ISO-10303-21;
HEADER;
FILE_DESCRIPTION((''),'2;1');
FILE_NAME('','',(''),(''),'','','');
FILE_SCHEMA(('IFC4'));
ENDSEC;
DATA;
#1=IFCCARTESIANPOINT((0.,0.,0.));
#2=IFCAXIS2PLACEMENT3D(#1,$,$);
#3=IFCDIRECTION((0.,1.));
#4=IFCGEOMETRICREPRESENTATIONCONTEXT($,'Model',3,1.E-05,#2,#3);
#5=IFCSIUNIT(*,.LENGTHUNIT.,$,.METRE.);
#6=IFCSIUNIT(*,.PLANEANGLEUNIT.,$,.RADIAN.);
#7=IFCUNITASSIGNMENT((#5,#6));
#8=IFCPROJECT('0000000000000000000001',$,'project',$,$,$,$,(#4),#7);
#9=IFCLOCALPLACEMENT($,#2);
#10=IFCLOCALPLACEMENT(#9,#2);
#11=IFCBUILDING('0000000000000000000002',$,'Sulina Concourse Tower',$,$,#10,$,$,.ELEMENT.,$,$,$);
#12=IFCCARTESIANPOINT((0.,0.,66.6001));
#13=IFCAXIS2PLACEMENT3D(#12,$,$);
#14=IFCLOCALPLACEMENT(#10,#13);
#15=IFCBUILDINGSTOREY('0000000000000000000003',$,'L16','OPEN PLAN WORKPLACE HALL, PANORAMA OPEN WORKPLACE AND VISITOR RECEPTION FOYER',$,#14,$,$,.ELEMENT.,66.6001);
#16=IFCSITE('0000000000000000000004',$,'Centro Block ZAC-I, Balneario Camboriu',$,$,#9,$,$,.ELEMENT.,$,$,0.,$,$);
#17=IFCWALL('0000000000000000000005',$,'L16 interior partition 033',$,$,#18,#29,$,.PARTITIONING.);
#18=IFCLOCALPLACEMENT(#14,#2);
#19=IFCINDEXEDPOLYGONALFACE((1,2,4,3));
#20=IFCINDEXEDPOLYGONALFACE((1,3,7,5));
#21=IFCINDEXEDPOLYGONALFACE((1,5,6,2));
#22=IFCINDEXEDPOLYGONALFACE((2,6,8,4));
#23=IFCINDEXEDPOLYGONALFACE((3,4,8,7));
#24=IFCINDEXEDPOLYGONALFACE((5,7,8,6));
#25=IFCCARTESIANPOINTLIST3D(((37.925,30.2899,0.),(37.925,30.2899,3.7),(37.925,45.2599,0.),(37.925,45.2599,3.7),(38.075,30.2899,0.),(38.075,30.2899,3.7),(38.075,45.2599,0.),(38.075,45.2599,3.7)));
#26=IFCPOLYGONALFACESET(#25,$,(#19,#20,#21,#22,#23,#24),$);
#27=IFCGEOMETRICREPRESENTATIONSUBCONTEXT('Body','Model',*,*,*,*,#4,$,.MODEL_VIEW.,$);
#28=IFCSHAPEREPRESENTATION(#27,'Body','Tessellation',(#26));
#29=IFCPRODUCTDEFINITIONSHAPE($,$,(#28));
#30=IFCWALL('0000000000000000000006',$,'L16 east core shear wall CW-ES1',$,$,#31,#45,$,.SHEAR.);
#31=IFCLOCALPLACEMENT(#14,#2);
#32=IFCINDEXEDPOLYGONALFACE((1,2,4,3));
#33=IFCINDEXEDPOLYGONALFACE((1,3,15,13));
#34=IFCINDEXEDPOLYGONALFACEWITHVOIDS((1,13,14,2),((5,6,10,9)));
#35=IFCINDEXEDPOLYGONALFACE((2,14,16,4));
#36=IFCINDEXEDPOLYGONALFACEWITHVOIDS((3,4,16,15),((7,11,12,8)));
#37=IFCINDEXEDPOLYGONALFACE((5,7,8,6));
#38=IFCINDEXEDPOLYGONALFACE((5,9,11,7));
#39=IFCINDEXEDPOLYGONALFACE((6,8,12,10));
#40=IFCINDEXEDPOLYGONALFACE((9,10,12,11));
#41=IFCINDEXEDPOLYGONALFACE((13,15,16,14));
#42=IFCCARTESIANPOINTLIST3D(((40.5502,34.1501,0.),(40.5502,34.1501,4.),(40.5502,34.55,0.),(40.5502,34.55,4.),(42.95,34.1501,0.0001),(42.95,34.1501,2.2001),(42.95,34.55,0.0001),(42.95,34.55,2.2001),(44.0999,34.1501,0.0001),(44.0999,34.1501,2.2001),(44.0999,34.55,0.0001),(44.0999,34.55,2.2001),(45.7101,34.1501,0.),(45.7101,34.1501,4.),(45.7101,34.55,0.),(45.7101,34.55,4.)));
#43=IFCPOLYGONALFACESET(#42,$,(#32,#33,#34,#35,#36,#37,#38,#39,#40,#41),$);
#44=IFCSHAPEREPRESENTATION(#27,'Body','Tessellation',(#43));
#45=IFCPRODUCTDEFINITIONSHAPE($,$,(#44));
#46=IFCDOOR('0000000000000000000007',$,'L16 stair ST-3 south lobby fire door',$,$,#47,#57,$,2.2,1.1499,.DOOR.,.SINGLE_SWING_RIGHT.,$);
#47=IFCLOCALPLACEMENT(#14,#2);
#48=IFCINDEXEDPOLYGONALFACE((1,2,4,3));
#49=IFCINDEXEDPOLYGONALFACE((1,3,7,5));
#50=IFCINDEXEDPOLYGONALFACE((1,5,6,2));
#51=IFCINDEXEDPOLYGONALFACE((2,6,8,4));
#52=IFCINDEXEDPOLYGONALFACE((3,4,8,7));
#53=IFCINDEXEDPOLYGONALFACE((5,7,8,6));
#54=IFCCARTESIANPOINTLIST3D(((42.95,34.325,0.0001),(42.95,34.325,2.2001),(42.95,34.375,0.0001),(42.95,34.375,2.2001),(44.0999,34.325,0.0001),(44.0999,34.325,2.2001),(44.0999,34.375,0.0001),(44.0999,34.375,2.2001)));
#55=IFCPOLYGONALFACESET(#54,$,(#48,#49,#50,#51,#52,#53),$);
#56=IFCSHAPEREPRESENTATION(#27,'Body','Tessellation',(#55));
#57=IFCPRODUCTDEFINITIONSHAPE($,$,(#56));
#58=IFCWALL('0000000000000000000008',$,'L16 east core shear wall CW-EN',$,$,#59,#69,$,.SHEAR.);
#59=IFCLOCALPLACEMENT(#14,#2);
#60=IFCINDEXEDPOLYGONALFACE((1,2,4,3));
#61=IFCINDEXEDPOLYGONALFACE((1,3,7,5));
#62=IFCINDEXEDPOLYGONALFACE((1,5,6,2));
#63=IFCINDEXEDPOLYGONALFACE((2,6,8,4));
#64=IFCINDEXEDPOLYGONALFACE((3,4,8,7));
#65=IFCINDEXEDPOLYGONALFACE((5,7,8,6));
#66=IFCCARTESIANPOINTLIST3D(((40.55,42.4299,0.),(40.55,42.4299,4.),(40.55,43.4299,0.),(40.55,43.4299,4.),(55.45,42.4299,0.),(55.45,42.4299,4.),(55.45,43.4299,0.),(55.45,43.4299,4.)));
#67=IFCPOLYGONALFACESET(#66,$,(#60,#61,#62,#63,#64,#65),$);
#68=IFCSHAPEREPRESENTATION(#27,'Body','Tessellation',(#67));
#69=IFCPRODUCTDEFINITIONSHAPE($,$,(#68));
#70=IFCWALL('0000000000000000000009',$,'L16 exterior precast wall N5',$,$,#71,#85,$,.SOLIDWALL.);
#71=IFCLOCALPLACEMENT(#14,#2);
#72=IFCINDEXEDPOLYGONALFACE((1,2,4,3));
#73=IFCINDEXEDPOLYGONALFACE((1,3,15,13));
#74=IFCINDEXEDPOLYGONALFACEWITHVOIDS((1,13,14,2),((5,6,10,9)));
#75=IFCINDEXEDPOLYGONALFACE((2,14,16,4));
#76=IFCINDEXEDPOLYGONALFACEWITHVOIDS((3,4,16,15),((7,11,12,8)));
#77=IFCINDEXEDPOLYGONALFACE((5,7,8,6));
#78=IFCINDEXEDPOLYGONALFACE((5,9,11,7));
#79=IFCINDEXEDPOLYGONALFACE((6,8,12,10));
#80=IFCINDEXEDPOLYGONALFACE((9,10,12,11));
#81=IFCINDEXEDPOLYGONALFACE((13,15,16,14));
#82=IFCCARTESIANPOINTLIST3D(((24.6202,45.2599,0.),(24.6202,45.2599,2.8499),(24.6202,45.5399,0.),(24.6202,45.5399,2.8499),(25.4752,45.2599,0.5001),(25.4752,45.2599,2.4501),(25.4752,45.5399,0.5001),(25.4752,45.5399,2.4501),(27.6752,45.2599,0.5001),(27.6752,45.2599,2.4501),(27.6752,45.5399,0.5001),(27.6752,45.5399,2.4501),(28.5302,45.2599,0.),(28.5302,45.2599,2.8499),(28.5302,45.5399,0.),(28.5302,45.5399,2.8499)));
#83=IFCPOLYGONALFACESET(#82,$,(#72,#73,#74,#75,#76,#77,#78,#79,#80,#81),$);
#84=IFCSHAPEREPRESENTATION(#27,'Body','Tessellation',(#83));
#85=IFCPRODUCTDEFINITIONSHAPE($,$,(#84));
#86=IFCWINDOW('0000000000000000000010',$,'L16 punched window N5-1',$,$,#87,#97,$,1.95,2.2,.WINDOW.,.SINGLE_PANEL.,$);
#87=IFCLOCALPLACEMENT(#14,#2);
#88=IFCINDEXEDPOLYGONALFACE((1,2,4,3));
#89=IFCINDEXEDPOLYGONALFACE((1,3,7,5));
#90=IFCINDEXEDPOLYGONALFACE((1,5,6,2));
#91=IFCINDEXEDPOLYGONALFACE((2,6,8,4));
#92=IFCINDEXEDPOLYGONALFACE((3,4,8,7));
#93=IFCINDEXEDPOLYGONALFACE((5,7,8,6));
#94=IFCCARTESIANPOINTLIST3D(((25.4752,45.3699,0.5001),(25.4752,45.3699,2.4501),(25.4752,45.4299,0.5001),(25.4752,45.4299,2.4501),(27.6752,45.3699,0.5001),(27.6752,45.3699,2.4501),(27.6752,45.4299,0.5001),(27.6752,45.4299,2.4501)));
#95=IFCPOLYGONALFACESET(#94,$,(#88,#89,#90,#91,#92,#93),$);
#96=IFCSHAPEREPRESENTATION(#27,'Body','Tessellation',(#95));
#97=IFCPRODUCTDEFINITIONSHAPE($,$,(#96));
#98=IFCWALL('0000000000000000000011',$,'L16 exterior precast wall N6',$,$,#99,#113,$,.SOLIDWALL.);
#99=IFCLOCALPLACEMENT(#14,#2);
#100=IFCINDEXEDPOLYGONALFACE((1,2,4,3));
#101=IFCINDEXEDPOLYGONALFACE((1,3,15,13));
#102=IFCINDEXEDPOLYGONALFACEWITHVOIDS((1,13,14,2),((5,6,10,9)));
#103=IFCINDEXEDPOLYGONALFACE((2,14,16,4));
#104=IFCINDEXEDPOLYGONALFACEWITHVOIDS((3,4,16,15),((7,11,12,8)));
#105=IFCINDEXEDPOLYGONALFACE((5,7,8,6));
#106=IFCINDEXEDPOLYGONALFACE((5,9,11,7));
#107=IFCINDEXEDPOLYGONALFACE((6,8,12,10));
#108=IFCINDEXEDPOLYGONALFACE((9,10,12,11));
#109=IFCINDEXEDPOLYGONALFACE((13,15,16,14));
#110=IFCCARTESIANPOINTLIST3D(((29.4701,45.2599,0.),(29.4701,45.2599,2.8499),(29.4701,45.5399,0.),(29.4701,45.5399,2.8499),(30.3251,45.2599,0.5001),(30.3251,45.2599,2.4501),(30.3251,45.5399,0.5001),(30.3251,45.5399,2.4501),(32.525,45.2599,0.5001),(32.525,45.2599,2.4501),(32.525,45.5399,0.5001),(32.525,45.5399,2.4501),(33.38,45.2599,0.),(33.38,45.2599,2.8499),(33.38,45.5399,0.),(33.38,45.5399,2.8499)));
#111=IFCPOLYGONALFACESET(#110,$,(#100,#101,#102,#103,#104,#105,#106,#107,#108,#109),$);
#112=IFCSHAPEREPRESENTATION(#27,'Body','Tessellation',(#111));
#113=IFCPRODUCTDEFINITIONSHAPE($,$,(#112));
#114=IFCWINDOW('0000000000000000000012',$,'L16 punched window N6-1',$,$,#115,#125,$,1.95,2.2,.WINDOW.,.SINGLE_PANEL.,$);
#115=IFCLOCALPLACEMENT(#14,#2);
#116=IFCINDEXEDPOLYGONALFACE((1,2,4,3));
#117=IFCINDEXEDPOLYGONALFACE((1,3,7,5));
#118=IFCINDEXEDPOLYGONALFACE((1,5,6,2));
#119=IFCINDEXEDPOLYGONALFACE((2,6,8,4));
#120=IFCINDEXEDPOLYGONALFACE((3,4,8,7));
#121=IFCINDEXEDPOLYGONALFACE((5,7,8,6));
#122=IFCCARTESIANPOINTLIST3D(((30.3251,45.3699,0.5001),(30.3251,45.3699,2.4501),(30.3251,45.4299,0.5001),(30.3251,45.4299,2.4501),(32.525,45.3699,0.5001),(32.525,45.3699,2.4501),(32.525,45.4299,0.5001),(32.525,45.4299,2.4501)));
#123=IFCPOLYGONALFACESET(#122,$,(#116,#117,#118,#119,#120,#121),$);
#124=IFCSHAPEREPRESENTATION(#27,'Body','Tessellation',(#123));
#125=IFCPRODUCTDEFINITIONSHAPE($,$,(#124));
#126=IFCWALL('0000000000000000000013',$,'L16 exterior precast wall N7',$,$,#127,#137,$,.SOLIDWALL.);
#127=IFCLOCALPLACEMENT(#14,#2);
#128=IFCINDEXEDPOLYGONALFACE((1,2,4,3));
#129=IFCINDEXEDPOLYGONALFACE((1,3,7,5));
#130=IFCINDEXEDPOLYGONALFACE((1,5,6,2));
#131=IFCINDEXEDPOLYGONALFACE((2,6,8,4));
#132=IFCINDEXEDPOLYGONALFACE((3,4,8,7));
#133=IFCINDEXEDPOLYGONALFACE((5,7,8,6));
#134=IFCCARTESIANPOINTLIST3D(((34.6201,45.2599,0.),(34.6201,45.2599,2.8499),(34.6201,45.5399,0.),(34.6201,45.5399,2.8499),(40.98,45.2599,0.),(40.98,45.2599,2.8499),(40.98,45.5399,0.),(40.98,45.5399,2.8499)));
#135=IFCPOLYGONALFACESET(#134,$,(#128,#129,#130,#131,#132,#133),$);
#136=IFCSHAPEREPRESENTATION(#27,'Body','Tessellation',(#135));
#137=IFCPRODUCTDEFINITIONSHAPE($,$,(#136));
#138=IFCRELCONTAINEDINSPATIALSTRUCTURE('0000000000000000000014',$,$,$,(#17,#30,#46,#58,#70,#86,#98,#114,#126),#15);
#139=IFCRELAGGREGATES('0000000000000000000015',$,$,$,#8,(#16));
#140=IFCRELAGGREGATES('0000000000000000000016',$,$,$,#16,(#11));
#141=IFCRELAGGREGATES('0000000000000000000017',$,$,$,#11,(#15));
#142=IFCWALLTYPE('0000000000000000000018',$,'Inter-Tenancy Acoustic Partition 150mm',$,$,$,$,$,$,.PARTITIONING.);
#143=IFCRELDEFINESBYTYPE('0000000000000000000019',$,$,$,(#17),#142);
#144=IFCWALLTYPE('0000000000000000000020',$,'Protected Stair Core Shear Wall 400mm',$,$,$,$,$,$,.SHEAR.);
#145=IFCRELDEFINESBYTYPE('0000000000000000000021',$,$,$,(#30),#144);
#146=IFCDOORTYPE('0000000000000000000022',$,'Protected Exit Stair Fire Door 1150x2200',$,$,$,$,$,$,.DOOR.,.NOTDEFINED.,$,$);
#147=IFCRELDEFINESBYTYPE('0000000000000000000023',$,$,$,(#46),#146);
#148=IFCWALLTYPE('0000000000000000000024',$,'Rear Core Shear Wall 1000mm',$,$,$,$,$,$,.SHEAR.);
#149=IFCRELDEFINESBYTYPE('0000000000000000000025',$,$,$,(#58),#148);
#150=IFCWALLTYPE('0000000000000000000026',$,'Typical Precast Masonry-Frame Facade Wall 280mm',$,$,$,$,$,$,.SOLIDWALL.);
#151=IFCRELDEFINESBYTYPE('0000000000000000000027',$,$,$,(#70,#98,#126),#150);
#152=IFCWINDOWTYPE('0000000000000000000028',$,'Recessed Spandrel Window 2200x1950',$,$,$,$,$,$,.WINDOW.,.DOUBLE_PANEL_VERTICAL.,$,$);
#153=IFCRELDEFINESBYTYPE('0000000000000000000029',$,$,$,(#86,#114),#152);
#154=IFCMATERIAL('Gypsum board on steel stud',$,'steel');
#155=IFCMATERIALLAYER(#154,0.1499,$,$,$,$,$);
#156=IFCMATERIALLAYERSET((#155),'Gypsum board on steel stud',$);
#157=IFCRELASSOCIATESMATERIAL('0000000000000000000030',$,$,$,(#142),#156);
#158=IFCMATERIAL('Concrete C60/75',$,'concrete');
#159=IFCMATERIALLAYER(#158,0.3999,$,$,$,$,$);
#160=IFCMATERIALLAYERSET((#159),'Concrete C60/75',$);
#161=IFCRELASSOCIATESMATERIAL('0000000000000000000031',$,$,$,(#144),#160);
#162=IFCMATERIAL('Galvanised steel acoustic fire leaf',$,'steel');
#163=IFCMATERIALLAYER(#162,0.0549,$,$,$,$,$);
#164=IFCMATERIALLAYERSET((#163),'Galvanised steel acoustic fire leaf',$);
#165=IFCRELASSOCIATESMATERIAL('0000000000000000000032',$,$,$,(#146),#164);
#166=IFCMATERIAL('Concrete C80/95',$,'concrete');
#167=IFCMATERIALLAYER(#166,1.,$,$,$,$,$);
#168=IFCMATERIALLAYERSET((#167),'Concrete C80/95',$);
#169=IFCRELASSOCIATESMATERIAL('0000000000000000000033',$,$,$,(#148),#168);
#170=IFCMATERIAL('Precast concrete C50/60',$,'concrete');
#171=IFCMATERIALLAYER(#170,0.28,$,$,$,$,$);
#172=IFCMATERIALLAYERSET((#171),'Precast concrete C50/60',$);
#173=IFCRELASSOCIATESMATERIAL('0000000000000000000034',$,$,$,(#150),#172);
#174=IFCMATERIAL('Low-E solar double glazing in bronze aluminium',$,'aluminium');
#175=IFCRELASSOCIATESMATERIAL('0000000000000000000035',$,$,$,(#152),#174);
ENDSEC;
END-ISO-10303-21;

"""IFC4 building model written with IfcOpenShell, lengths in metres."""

from ifc_helpers import new_model, si_unit, direction, frame, frame_2d, origin, place, context, subcontext, project, spatial, rectangle, extrude, material, layer, layer_set, type_object, element, fill, save


model = new_model("IFC4")

# Units and contexts
model_context = context("Model", 3, precision=1e-05, world=origin(), true_north=direction((0.0, 1.0)))
body_context = subcontext(model_context, "Body", "Model", "MODEL_VIEW")
ifc_project = project(units=[si_unit("LENGTHUNIT", "METRE"), si_unit("PLANEANGLEUNIT", "RADIAN")], contexts=[model_context])

# Site, building, storey
site_placement = place(None, origin())
site = spatial("IfcSite", under=ifc_project, at=site_placement, Name="Centro Block ZAC-I, Balneario Camboriu", CompositionType="ELEMENT", RefElevation=0.0)
building_placement = place(site_placement, origin())
building = spatial("IfcBuilding", under=site, at=building_placement, Name="Sulina Concourse Tower", CompositionType="ELEMENT")
storey_placement = place(building_placement, frame((0.0, 0.0, 66.6001)))
storey = spatial("IfcBuildingStorey", under=building, at=storey_placement, Name="L16", Description="OPEN PLAN WORKPLACE HALL, PANORAMA OPEN WORKPLACE AND VISITOR RECEPTION FOYER", CompositionType="ELEMENT", Elevation=66.6001)

# Wall
ifc_material_1 = material(Name="Gypsum board on steel stud", Category="steel")
ifc_layer_1 = layer(ifc_material_1, 0.1499)
ifc_layer_set_1 = layer_set([ifc_layer_1], Name="Gypsum board on steel stud")
wall_type_1 = type_object("IfcWallType", Name="Inter-Tenancy Acoustic Partition 150mm", PredefinedType="PARTITIONING", material=ifc_layer_set_1)
wall_1_placement = place(storey_placement, frame((38.0, 30.29, 0.0), z_axis=(0.0, 0.0, 1.0), x_axis=(0.0, 1.0, 0.0)))
element("IfcWall", 1, at=wall_1_placement, inside=storey, type_object=wall_type_1, Name="L16 interior partition 033", PredefinedType="PARTITIONING", context=body_context, shape_type="SweptSolid", body=[
    extrude(rectangle(XDim=14.97, YDim=0.1499, at=frame_2d((7.4849, 0.0))), origin(), (0.0, 0.0, 1.0), 3.7),
])

# Wall, opening, door
ifc_material_2 = material(Name="Concrete C60/75", Category="concrete")
ifc_layer_2 = layer(ifc_material_2, 0.3999)
ifc_layer_set_2 = layer_set([ifc_layer_2], Name="Concrete C60/75")
wall_type_2 = type_object("IfcWallType", Name="Protected Stair Core Shear Wall 400mm", PredefinedType="SHEAR", material=ifc_layer_set_2)
wall_2_placement = place(storey_placement, frame((40.55, 34.3501, 0.0), z_axis=(0.0, 0.0, 1.0), x_axis=(1.0, 0.0, 0.0)))
wall_2 = element("IfcWall", 2, at=wall_2_placement, inside=storey, type_object=wall_type_2, Name="L16 east core shear wall CW-ES1", PredefinedType="SHEAR", context=body_context, shape_type="SweptSolid", body=[
    extrude(rectangle(XDim=5.1599, YDim=0.3999, at=frame_2d((2.5801, 0.0))), origin(), (0.0, 0.0, 1.0), 4.0),
])
opening_1_placement = place(wall_2_placement, frame((2.3999, 0.0, 0.0)))
opening_1 = element("IfcOpeningElement", 3, at=opening_1_placement, cuts=wall_2, PredefinedType="OPENING", context=body_context, shape_type="SweptSolid", body=[
    extrude(rectangle(XDim=1.1499, YDim=2.2, at=frame_2d((0.575, 1.1001))), frame((0.0, 0.21, 0.0), z_axis=(0.0, -1.0, 0.0), x_axis=(1.0, 0.0, 0.0)), (0.0, 0.0, 1.0), 0.4199),
])
ifc_material_3 = material(Name="Galvanised steel acoustic fire leaf", Category="steel")
ifc_layer_3 = layer(ifc_material_3, 0.0549)
ifc_layer_set_3 = layer_set([ifc_layer_3], Name="Galvanised steel acoustic fire leaf")
door_type_1 = type_object("IfcDoorType", Name="Protected Exit Stair Fire Door 1150x2200", OperationType="NOTDEFINED", PredefinedType="DOOR", material=ifc_layer_set_3)
door_1_placement = place(opening_1_placement, origin())
door_1 = element("IfcDoor", 4, at=door_1_placement, inside=storey, type_object=door_type_1, Name="L16 stair ST-3 south lobby fire door", OperationType="SINGLE_SWING_RIGHT", OverallHeight=2.2, OverallWidth=1.1499, PredefinedType="DOOR", context=body_context, shape_type="SweptSolid", body=[
    extrude(rectangle(XDim=1.1499, YDim=2.2, at=frame_2d((0.575, 1.1001))), frame((0.0, 0.0249, 0.0), z_axis=(0.0, -1.0, 0.0), x_axis=(1.0, 0.0, 0.0)), (0.0, 0.0, 1.0), 0.05),
])
fill(opening_1, door_1)

# Wall
ifc_material_4 = material(Name="Concrete C80/95", Category="concrete")
ifc_layer_4 = layer(ifc_material_4, 1.0)
ifc_layer_set_4 = layer_set([ifc_layer_4], Name="Concrete C80/95")
wall_type_3 = type_object("IfcWallType", Name="Rear Core Shear Wall 1000mm", PredefinedType="SHEAR", material=ifc_layer_set_4)
wall_3_placement = place(storey_placement, frame((40.55, 42.9299, 0.0), z_axis=(0.0, 0.0, 1.0), x_axis=(1.0, 0.0, 0.0)))
element("IfcWall", 5, at=wall_3_placement, inside=storey, type_object=wall_type_3, Name="L16 east core shear wall CW-EN", PredefinedType="SHEAR", context=body_context, shape_type="SweptSolid", body=[
    extrude(rectangle(XDim=14.8999, YDim=1.0, at=frame_2d((7.45, 0.0))), origin(), (0.0, 0.0, 1.0), 4.0),
])

# Walls, openings, windows
ifc_material_5 = material(Name="Precast concrete C50/60", Category="concrete")
ifc_layer_5 = layer(ifc_material_5, 0.28)
ifc_layer_set_5 = layer_set([ifc_layer_5], Name="Precast concrete C50/60")
wall_type_4 = type_object("IfcWallType", Name="Typical Precast Masonry-Frame Facade Wall 280mm", PredefinedType="SOLIDWALL", material=ifc_layer_set_5)
wall_4_placement = place(storey_placement, frame((24.6201, 45.3999, 0.0), z_axis=(0.0, 0.0, 1.0), x_axis=(1.0, 0.0, 0.0)))
wall_4 = element("IfcWall", 6, at=wall_4_placement, inside=storey, type_object=wall_type_4, Name="L16 exterior precast wall N5", PredefinedType="SOLIDWALL", context=body_context, shape_type="SweptSolid", body=[
    extrude(rectangle(XDim=3.9099, YDim=0.28, at=frame_2d((1.9551, 0.0))), origin(), (0.0, 0.0, 1.0), 2.8499),
])
opening_2_placement = place(wall_4_placement, frame((0.855, 0.0, 0.5)))
opening_2 = element("IfcOpeningElement", 7, at=opening_2_placement, cuts=wall_4, PredefinedType="OPENING", context=body_context, shape_type="SweptSolid", body=[
    extrude(rectangle(XDim=2.2, YDim=1.95, at=frame_2d((1.1001, 0.9751))), frame((0.0, 0.1499, 0.0), z_axis=(0.0, -1.0, 0.0), x_axis=(1.0, 0.0, 0.0)), (0.0, 0.0, 1.0), 0.3),
])
ifc_material_6 = material(Name="Low-E solar double glazing in bronze aluminium", Category="aluminium")
window_type = type_object("IfcWindowType", Name="Recessed Spandrel Window 2200x1950", PartitioningType="DOUBLE_PANEL_VERTICAL", PredefinedType="WINDOW", material=ifc_material_6)
window_1_placement = place(opening_2_placement, origin())
window_1 = element("IfcWindow", 8, at=window_1_placement, inside=storey, type_object=window_type, Name="L16 punched window N5-1", OverallHeight=1.95, OverallWidth=2.2, PartitioningType="SINGLE_PANEL", PredefinedType="WINDOW", context=body_context, shape_type="SweptSolid", body=[
    extrude(rectangle(XDim=2.2, YDim=1.95, at=frame_2d((1.1001, 0.9751))), frame((0.0, 0.03, 0.0), z_axis=(0.0, -1.0, 0.0), x_axis=(1.0, 0.0, 0.0)), (0.0, 0.0, 1.0), 0.0601),
])
fill(opening_2, window_1)
wall_5_placement = place(storey_placement, frame((29.47, 45.3999, 0.0), z_axis=(0.0, 0.0, 1.0), x_axis=(1.0, 0.0, 0.0)))
wall_5 = element("IfcWall", 9, at=wall_5_placement, inside=storey, type_object=wall_type_4, Name="L16 exterior precast wall N6", PredefinedType="SOLIDWALL", context=body_context, shape_type="SweptSolid", body=[
    extrude(rectangle(XDim=3.9099, YDim=0.28, at=frame_2d((1.9551, 0.0))), origin(), (0.0, 0.0, 1.0), 2.8499),
])
opening_3_placement = place(wall_5_placement, frame((0.855, 0.0, 0.5)))
opening_3 = element("IfcOpeningElement", 10, at=opening_3_placement, cuts=wall_5, PredefinedType="OPENING", context=body_context, shape_type="SweptSolid", body=[
    extrude(rectangle(XDim=2.2, YDim=1.95, at=frame_2d((1.1001, 0.9751))), frame((0.0, 0.1499, 0.0), z_axis=(0.0, -1.0, 0.0), x_axis=(1.0, 0.0, 0.0)), (0.0, 0.0, 1.0), 0.3),
])
window_2_placement = place(opening_3_placement, origin())
window_2 = element("IfcWindow", 11, at=window_2_placement, inside=storey, type_object=window_type, Name="L16 punched window N6-1", OverallHeight=1.95, OverallWidth=2.2, PartitioningType="SINGLE_PANEL", PredefinedType="WINDOW", context=body_context, shape_type="SweptSolid", body=[
    extrude(rectangle(XDim=2.2, YDim=1.95, at=frame_2d((1.1001, 0.9751))), frame((0.0, 0.03, 0.0), z_axis=(0.0, -1.0, 0.0), x_axis=(1.0, 0.0, 0.0)), (0.0, 0.0, 1.0), 0.0601),
])
fill(opening_3, window_2)

# Wall
wall_6_placement = place(storey_placement, frame((34.6201, 45.3999, 0.0), z_axis=(0.0, 0.0, 1.0), x_axis=(1.0, 0.0, 0.0)))
element("IfcWall", 12, at=wall_6_placement, inside=storey, type_object=wall_type_4, Name="L16 exterior precast wall N7", PredefinedType="SOLIDWALL", context=body_context, shape_type="SweptSolid", body=[
    extrude(rectangle(XDim=6.3599, YDim=0.28, at=frame_2d((3.1799, 0.0))), origin(), (0.0, 0.0, 1.0), 2.8499),
])

save(model, "model.ifc")
